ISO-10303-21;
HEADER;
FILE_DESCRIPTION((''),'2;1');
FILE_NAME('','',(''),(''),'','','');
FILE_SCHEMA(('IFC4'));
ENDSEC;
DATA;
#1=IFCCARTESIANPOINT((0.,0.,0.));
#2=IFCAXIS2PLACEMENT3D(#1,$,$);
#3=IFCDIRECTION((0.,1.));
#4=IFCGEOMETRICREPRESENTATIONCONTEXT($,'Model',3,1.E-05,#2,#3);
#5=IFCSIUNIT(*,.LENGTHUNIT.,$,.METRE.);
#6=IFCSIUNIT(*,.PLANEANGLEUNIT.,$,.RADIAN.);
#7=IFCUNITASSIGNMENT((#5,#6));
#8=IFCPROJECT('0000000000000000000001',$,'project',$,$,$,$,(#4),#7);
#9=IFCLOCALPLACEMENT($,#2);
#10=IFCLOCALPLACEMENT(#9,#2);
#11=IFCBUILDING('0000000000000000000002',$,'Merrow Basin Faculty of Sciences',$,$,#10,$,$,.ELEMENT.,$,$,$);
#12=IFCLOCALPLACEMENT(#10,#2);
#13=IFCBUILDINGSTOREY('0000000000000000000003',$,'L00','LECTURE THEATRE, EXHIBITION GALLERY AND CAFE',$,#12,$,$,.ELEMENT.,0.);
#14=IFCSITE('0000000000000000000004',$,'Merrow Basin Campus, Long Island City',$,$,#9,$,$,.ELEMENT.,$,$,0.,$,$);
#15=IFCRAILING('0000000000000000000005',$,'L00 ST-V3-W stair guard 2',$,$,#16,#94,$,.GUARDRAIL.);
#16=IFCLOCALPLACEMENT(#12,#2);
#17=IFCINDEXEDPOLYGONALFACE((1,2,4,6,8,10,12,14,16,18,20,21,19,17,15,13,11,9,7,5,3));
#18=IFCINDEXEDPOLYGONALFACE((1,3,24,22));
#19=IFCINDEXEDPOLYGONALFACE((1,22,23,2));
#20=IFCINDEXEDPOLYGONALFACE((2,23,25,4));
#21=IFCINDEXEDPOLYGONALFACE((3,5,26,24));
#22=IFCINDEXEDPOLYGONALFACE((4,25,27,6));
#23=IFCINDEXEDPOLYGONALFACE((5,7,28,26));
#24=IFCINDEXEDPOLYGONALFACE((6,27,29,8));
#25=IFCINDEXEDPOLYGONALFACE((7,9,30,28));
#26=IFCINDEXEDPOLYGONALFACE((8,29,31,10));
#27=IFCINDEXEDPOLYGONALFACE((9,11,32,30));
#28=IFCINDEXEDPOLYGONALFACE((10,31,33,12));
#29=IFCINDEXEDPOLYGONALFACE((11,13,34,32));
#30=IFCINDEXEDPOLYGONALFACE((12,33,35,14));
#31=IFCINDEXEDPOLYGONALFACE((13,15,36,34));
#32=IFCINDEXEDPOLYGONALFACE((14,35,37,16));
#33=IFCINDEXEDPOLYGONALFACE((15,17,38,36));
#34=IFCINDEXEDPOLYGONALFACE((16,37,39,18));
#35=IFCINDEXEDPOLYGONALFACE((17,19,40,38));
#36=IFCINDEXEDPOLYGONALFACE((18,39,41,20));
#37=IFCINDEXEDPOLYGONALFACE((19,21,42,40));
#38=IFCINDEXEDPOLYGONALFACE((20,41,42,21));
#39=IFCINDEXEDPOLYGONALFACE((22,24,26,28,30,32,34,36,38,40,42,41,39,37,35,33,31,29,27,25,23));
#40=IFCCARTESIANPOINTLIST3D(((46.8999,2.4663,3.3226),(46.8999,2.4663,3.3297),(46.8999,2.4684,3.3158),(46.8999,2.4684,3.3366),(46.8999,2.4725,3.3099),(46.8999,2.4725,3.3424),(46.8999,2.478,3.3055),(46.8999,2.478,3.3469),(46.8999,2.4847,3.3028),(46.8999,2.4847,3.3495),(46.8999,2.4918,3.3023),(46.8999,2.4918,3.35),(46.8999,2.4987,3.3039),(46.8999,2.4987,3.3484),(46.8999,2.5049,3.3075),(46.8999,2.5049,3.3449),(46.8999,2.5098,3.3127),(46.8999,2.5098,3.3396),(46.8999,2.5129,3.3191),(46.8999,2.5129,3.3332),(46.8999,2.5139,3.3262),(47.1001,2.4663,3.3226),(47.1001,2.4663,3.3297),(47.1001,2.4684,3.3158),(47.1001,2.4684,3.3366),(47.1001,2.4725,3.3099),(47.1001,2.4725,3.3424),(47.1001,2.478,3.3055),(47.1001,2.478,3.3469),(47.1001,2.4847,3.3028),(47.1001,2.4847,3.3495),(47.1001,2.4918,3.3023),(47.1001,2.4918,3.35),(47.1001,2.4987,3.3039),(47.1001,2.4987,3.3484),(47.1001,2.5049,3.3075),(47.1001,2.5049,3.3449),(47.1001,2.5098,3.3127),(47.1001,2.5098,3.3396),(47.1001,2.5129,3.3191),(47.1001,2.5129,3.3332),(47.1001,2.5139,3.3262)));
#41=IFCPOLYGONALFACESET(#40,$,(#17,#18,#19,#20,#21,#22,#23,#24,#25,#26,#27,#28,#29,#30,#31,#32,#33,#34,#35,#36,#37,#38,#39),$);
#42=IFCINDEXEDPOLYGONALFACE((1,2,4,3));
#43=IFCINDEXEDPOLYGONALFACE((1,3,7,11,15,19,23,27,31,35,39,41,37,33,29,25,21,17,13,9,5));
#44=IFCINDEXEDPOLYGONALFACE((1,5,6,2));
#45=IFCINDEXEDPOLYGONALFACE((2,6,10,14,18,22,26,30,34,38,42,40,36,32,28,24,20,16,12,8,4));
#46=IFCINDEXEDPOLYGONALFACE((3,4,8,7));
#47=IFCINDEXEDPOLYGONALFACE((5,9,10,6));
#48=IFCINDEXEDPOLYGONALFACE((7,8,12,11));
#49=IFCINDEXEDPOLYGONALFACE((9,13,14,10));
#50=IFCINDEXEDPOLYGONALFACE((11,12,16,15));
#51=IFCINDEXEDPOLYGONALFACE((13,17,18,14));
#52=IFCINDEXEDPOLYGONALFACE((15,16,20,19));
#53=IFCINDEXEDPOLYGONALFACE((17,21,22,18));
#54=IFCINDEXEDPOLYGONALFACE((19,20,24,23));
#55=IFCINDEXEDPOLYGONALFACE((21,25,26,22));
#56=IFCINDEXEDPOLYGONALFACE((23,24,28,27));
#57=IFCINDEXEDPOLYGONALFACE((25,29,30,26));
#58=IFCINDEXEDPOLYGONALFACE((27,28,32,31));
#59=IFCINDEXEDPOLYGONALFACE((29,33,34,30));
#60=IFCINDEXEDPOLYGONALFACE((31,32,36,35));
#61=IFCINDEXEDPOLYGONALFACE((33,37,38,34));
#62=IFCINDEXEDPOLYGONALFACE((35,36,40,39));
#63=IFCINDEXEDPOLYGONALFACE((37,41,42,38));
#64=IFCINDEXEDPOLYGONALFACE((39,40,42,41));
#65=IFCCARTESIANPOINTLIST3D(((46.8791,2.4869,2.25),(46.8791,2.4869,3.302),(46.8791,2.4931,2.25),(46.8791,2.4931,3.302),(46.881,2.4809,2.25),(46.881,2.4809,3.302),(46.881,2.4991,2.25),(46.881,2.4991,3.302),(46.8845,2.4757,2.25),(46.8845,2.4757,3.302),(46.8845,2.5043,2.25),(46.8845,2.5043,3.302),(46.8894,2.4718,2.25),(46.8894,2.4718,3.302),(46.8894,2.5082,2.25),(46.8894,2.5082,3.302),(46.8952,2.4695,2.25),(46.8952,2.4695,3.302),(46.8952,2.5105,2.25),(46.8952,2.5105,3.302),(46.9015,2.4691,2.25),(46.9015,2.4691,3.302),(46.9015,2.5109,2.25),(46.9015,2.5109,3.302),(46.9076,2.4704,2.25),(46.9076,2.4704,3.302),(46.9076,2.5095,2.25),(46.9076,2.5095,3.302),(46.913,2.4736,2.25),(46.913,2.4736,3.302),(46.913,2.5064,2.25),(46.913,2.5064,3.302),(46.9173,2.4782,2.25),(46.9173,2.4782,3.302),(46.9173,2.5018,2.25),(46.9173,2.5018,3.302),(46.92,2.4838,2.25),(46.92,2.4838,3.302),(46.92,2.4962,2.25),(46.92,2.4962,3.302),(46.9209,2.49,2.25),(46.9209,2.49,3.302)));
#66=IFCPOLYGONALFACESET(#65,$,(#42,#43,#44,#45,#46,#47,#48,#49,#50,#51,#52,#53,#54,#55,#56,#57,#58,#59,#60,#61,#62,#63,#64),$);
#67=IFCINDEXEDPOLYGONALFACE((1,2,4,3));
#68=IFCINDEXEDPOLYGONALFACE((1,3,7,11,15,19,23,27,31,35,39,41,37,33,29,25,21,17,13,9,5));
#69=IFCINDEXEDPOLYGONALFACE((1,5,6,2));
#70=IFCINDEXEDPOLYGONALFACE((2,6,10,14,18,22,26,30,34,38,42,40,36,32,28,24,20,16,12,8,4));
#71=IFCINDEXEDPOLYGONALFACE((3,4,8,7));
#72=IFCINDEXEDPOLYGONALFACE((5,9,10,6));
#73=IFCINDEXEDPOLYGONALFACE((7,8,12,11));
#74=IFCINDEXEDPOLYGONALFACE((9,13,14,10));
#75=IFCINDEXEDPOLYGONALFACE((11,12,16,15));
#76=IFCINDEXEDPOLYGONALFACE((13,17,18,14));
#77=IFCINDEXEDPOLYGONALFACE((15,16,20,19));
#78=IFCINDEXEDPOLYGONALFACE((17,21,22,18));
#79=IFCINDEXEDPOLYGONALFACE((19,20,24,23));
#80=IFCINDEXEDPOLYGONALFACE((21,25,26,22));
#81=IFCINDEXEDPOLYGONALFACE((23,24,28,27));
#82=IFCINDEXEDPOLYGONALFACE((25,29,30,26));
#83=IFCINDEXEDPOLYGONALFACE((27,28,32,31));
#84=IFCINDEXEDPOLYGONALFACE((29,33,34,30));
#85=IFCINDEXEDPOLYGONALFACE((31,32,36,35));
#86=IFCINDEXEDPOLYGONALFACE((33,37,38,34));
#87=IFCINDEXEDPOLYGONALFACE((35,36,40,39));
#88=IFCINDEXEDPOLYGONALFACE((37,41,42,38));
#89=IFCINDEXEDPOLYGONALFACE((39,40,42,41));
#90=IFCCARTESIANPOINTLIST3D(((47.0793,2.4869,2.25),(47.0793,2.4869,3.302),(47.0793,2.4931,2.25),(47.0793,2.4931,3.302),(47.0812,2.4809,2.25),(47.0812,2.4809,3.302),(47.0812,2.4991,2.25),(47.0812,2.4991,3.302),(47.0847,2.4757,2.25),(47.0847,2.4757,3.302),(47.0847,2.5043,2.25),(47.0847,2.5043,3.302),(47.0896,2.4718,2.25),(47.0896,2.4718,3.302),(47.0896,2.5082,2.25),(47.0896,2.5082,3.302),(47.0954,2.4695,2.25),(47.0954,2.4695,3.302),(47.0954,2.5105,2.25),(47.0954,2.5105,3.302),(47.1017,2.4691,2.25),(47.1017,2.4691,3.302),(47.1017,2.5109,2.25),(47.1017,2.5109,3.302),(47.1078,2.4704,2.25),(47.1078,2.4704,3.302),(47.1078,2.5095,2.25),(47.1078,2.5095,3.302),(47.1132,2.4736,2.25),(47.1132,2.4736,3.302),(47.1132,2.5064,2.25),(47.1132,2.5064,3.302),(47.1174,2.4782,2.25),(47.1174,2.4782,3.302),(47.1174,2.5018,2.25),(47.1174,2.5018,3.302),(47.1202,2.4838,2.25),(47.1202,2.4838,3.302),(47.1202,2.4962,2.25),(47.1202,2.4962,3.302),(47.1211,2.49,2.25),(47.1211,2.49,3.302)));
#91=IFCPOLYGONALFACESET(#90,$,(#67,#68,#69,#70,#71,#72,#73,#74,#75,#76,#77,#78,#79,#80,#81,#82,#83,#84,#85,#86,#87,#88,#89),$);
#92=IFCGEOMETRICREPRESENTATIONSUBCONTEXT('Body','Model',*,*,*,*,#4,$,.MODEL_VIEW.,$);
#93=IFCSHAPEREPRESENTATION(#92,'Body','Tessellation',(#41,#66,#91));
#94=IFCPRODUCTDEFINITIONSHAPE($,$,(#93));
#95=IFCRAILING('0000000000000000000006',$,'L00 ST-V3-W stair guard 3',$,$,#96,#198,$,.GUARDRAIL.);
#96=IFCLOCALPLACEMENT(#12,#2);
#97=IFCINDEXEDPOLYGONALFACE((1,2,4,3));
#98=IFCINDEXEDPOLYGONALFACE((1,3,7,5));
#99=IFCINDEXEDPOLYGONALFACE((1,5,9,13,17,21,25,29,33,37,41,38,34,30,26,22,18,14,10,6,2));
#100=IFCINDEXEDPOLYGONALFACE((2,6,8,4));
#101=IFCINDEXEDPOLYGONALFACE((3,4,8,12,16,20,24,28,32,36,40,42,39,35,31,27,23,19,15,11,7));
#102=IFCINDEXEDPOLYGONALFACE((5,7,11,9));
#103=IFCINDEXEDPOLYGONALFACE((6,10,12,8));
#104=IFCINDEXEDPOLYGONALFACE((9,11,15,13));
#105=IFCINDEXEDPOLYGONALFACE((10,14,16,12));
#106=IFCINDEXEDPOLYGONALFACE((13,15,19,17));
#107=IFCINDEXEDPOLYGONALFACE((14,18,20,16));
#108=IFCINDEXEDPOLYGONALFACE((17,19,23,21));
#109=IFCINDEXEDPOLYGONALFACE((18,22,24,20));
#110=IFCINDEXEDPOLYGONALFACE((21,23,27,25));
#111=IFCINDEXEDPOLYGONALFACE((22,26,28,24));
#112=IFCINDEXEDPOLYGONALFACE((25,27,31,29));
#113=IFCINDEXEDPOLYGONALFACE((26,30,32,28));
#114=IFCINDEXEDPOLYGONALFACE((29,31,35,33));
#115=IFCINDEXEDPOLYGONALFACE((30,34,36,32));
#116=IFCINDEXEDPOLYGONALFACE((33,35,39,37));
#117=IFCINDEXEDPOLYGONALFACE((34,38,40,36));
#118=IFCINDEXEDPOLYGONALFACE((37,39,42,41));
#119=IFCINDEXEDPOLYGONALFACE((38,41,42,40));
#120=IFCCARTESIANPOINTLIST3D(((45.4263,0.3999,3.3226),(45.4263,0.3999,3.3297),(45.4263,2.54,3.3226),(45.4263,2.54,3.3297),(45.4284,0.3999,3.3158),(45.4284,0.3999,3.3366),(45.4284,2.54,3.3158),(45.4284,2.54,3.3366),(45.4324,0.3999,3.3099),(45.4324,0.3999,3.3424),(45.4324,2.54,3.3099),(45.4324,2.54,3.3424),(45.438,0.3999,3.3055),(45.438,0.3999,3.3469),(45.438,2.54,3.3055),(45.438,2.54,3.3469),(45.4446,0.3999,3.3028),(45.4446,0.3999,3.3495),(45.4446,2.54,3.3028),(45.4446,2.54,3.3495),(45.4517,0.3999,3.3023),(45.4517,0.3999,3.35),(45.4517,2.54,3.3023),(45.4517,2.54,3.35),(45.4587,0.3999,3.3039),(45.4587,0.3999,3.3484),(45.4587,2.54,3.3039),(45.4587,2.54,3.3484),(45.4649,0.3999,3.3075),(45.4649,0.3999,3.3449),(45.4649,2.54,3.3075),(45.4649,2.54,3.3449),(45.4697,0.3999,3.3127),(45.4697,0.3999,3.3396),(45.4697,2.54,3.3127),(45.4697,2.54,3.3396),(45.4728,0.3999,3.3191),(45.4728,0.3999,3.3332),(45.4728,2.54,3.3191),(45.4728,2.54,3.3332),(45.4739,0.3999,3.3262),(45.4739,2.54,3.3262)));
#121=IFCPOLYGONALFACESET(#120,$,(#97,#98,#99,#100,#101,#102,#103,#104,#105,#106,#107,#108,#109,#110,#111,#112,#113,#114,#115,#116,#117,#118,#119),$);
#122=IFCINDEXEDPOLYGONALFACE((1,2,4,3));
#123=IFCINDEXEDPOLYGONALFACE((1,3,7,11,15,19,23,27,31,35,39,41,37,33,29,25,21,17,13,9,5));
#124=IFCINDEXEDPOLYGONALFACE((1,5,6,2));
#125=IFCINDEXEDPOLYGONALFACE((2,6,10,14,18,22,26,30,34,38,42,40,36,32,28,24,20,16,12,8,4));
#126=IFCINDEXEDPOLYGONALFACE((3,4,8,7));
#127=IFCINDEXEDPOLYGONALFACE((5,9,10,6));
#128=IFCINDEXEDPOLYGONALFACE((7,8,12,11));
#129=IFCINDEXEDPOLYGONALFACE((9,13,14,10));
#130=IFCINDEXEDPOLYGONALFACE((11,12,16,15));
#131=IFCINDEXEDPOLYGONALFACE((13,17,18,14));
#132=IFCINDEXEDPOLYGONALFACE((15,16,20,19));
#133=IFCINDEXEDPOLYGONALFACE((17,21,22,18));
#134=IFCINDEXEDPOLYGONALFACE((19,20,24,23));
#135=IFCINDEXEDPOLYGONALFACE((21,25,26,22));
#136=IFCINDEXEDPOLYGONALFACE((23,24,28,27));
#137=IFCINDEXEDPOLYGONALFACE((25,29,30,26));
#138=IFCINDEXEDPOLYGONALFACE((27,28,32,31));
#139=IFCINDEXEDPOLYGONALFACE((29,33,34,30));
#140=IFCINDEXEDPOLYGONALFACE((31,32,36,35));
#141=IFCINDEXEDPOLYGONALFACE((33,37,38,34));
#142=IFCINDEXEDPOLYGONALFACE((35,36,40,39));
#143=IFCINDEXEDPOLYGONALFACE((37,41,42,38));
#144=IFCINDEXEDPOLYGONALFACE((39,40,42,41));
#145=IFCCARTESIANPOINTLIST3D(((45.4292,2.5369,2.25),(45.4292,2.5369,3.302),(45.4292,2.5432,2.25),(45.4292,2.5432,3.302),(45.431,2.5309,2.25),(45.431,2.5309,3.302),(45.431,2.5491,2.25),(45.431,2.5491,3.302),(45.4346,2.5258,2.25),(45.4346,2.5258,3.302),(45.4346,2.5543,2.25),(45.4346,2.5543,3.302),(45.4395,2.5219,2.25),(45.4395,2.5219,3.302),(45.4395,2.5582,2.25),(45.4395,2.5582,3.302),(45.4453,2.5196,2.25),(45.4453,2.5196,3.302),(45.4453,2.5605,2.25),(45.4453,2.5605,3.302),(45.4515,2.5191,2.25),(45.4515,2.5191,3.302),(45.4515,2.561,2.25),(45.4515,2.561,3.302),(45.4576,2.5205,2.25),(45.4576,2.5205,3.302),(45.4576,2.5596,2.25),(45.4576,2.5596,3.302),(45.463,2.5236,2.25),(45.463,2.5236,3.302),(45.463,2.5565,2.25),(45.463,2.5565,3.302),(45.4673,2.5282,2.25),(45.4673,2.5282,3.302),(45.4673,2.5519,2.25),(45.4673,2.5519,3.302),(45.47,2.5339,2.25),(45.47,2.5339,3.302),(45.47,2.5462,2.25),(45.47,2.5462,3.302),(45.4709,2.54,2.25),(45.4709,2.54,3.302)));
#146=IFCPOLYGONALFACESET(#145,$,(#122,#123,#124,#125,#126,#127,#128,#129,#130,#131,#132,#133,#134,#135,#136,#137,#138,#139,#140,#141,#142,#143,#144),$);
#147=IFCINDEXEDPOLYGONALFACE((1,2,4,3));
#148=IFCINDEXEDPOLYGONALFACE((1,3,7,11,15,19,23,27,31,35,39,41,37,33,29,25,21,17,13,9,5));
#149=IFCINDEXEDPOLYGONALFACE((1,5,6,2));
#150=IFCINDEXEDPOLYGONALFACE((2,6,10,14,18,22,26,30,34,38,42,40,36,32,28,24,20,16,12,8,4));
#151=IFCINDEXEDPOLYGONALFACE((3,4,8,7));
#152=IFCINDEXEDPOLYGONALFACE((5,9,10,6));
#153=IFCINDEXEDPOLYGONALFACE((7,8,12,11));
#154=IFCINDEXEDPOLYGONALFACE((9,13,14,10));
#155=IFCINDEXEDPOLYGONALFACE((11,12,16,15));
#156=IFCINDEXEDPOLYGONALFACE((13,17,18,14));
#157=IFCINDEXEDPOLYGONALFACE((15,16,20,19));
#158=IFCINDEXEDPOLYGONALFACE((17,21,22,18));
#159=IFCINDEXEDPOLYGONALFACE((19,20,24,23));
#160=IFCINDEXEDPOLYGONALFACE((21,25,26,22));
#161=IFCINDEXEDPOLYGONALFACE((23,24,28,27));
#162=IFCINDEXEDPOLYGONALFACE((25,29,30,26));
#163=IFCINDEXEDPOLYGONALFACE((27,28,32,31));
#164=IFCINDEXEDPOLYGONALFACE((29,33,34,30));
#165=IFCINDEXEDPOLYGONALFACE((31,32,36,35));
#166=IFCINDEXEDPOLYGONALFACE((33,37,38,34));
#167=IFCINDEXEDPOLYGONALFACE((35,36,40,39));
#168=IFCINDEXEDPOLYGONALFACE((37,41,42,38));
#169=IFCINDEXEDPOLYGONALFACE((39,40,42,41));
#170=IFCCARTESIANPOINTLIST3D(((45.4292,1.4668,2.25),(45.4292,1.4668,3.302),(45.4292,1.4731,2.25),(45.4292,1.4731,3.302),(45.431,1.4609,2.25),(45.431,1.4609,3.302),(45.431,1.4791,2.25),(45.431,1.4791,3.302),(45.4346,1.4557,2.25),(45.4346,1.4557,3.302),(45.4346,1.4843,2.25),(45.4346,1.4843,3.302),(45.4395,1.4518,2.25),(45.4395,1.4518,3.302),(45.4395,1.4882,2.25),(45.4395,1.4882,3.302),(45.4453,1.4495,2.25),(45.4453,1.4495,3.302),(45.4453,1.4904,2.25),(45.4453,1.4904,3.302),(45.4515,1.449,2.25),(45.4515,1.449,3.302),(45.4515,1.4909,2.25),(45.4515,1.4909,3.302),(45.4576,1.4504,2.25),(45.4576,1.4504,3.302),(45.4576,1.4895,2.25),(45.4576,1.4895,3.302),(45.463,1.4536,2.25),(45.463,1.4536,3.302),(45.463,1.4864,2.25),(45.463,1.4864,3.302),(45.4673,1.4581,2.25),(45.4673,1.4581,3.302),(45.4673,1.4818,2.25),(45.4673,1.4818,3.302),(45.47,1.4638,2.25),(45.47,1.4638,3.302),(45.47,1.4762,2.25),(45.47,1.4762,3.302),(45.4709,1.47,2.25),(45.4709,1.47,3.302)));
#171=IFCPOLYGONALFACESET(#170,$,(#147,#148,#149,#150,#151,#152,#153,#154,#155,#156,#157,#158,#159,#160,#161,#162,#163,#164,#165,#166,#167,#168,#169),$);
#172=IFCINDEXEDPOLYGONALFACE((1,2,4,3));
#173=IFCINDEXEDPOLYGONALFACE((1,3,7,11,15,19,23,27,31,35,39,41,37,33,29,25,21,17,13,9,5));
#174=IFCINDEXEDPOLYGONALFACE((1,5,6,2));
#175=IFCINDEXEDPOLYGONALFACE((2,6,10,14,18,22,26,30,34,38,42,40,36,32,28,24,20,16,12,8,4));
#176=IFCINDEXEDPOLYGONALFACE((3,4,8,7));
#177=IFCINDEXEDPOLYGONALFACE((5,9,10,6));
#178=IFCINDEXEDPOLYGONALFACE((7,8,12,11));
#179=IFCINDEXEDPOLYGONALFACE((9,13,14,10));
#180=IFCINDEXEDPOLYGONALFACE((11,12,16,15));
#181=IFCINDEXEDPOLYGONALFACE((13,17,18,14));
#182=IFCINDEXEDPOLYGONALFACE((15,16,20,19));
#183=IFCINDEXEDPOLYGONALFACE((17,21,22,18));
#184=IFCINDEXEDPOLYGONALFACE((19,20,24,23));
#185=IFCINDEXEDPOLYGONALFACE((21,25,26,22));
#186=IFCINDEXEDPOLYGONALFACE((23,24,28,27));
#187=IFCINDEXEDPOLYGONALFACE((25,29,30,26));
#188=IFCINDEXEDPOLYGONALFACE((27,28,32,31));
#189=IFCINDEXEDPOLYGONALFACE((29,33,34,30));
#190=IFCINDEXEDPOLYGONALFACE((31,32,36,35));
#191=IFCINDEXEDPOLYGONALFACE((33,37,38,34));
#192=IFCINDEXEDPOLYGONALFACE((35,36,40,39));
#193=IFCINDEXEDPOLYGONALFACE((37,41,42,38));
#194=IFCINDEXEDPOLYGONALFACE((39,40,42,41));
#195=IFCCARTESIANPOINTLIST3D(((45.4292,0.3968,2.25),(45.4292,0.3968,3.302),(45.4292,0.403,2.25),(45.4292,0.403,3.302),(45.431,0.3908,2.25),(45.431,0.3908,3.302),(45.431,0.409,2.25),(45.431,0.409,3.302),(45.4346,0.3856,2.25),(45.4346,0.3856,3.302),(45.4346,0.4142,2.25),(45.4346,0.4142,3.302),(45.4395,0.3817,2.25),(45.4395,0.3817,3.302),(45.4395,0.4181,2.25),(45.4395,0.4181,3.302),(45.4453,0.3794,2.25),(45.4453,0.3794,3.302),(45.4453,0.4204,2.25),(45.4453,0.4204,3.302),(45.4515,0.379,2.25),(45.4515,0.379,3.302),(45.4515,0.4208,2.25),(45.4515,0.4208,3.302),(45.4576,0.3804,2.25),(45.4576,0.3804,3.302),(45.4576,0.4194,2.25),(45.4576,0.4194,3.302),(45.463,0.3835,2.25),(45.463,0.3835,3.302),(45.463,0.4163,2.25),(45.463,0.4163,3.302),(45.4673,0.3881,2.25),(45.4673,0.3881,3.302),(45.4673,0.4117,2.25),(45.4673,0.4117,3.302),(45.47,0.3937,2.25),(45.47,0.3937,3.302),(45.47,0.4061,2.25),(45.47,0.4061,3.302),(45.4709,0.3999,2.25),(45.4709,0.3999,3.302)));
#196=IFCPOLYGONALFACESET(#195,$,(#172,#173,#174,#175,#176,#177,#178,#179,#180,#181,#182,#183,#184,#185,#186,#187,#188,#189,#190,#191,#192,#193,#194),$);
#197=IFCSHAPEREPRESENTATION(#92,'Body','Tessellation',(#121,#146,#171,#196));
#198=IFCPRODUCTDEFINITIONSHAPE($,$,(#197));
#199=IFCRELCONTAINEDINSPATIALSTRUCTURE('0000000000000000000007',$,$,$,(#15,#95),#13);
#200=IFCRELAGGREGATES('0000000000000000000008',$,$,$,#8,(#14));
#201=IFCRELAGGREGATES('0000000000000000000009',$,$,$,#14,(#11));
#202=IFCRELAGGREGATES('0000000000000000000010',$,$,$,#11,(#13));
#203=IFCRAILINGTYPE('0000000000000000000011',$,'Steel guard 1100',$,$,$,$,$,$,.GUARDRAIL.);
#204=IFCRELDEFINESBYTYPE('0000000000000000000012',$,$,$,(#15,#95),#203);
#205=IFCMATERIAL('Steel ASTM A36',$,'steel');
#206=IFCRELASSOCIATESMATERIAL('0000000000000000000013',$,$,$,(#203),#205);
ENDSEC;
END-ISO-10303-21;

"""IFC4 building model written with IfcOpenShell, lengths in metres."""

from ifc_helpers import new_model, si_unit, direction, frame, origin, origin_2d, place, context, subcontext, project, spatial, circle, extrude, material, type_object, element, save


model = new_model("IFC4")

# Units and contexts
model_context = context("Model", 3, precision=1e-05, world=origin(), true_north=direction((0.0, 1.0)))
body_context = subcontext(model_context, "Body", "Model", "MODEL_VIEW")
ifc_project = project(units=[si_unit("LENGTHUNIT", "METRE"), si_unit("PLANEANGLEUNIT", "RADIAN")], contexts=[model_context])

# Site, building, storey
site_placement = place(None, origin())
site = spatial("IfcSite", under=ifc_project, at=site_placement, Name="Merrow Basin Campus, Long Island City", CompositionType="ELEMENT", RefElevation=0.0)
building_placement = place(site_placement, origin())
building = spatial("IfcBuilding", under=site, at=building_placement, Name="Merrow Basin Faculty of Sciences", CompositionType="ELEMENT")
storey_placement = place(building_placement, origin())
storey = spatial("IfcBuildingStorey", under=building, at=storey_placement, Name="L00", Description="LECTURE THEATRE, EXHIBITION GALLERY AND CAFE", CompositionType="ELEMENT", Elevation=0.0)

# Railings
ifc_material_1 = material(Name="Steel ASTM A36", Category="steel")
railing_type = type_object("IfcRailingType", Name="Steel guard 1100", PredefinedType="GUARDRAIL", material=ifc_material_1)
railing_1_placement = place(storey_placement, frame((46.8999, 2.49, 2.25)))
element("IfcRailing", 1, at=railing_1_placement, inside=storey, type_object=railing_type, Name="L00 ST-V3-W stair guard 2", PredefinedType="GUARDRAIL", context=body_context, shape_type="SweptSolid", body=[
    extrude(circle(Radius=0.0239, at=origin_2d()), frame((0.0, 0.0, 1.0762), z_axis=(1.0, 0.0, 0.0), x_axis=(0.0, 1.0, 0.0)), (0.0, 0.0, 1.0), 0.2002),
    extrude(circle(Radius=0.021, at=origin_2d()), origin(), (0.0, 0.0, 1.0), 1.052),
    extrude(circle(Radius=0.021, at=origin_2d()), frame((0.2002, 0.0, 0.0)), (0.0, 0.0, 1.0), 1.052),
])
railing_2_placement = place(storey_placement, frame((45.45, 2.54, 2.25)))
element("IfcRailing", 2, at=railing_2_placement, inside=storey, type_object=railing_type, Name="L00 ST-V3-W stair guard 3", PredefinedType="GUARDRAIL", context=body_context, shape_type="SweptSolid", body=[
    extrude(circle(Radius=0.0239, at=origin_2d()), frame((0.0, 0.0, 1.0762), z_axis=(0.0, -1.0, 0.0), x_axis=(1.0, 0.0, 0.0)), (0.0, 0.0, 1.0), 2.1401),
    extrude(circle(Radius=0.021, at=origin_2d()), origin(), (0.0, 0.0, 1.0), 1.052),
    extrude(circle(Radius=0.021, at=origin_2d()), frame((0.0, -1.0701, 0.0)), (0.0, 0.0, 1.0), 1.052),
    extrude(circle(Radius=0.021, at=origin_2d()), frame((0.0, -2.1401, 0.0)), (0.0, 0.0, 1.0), 1.052),
])

save(model, "model.ifc")
